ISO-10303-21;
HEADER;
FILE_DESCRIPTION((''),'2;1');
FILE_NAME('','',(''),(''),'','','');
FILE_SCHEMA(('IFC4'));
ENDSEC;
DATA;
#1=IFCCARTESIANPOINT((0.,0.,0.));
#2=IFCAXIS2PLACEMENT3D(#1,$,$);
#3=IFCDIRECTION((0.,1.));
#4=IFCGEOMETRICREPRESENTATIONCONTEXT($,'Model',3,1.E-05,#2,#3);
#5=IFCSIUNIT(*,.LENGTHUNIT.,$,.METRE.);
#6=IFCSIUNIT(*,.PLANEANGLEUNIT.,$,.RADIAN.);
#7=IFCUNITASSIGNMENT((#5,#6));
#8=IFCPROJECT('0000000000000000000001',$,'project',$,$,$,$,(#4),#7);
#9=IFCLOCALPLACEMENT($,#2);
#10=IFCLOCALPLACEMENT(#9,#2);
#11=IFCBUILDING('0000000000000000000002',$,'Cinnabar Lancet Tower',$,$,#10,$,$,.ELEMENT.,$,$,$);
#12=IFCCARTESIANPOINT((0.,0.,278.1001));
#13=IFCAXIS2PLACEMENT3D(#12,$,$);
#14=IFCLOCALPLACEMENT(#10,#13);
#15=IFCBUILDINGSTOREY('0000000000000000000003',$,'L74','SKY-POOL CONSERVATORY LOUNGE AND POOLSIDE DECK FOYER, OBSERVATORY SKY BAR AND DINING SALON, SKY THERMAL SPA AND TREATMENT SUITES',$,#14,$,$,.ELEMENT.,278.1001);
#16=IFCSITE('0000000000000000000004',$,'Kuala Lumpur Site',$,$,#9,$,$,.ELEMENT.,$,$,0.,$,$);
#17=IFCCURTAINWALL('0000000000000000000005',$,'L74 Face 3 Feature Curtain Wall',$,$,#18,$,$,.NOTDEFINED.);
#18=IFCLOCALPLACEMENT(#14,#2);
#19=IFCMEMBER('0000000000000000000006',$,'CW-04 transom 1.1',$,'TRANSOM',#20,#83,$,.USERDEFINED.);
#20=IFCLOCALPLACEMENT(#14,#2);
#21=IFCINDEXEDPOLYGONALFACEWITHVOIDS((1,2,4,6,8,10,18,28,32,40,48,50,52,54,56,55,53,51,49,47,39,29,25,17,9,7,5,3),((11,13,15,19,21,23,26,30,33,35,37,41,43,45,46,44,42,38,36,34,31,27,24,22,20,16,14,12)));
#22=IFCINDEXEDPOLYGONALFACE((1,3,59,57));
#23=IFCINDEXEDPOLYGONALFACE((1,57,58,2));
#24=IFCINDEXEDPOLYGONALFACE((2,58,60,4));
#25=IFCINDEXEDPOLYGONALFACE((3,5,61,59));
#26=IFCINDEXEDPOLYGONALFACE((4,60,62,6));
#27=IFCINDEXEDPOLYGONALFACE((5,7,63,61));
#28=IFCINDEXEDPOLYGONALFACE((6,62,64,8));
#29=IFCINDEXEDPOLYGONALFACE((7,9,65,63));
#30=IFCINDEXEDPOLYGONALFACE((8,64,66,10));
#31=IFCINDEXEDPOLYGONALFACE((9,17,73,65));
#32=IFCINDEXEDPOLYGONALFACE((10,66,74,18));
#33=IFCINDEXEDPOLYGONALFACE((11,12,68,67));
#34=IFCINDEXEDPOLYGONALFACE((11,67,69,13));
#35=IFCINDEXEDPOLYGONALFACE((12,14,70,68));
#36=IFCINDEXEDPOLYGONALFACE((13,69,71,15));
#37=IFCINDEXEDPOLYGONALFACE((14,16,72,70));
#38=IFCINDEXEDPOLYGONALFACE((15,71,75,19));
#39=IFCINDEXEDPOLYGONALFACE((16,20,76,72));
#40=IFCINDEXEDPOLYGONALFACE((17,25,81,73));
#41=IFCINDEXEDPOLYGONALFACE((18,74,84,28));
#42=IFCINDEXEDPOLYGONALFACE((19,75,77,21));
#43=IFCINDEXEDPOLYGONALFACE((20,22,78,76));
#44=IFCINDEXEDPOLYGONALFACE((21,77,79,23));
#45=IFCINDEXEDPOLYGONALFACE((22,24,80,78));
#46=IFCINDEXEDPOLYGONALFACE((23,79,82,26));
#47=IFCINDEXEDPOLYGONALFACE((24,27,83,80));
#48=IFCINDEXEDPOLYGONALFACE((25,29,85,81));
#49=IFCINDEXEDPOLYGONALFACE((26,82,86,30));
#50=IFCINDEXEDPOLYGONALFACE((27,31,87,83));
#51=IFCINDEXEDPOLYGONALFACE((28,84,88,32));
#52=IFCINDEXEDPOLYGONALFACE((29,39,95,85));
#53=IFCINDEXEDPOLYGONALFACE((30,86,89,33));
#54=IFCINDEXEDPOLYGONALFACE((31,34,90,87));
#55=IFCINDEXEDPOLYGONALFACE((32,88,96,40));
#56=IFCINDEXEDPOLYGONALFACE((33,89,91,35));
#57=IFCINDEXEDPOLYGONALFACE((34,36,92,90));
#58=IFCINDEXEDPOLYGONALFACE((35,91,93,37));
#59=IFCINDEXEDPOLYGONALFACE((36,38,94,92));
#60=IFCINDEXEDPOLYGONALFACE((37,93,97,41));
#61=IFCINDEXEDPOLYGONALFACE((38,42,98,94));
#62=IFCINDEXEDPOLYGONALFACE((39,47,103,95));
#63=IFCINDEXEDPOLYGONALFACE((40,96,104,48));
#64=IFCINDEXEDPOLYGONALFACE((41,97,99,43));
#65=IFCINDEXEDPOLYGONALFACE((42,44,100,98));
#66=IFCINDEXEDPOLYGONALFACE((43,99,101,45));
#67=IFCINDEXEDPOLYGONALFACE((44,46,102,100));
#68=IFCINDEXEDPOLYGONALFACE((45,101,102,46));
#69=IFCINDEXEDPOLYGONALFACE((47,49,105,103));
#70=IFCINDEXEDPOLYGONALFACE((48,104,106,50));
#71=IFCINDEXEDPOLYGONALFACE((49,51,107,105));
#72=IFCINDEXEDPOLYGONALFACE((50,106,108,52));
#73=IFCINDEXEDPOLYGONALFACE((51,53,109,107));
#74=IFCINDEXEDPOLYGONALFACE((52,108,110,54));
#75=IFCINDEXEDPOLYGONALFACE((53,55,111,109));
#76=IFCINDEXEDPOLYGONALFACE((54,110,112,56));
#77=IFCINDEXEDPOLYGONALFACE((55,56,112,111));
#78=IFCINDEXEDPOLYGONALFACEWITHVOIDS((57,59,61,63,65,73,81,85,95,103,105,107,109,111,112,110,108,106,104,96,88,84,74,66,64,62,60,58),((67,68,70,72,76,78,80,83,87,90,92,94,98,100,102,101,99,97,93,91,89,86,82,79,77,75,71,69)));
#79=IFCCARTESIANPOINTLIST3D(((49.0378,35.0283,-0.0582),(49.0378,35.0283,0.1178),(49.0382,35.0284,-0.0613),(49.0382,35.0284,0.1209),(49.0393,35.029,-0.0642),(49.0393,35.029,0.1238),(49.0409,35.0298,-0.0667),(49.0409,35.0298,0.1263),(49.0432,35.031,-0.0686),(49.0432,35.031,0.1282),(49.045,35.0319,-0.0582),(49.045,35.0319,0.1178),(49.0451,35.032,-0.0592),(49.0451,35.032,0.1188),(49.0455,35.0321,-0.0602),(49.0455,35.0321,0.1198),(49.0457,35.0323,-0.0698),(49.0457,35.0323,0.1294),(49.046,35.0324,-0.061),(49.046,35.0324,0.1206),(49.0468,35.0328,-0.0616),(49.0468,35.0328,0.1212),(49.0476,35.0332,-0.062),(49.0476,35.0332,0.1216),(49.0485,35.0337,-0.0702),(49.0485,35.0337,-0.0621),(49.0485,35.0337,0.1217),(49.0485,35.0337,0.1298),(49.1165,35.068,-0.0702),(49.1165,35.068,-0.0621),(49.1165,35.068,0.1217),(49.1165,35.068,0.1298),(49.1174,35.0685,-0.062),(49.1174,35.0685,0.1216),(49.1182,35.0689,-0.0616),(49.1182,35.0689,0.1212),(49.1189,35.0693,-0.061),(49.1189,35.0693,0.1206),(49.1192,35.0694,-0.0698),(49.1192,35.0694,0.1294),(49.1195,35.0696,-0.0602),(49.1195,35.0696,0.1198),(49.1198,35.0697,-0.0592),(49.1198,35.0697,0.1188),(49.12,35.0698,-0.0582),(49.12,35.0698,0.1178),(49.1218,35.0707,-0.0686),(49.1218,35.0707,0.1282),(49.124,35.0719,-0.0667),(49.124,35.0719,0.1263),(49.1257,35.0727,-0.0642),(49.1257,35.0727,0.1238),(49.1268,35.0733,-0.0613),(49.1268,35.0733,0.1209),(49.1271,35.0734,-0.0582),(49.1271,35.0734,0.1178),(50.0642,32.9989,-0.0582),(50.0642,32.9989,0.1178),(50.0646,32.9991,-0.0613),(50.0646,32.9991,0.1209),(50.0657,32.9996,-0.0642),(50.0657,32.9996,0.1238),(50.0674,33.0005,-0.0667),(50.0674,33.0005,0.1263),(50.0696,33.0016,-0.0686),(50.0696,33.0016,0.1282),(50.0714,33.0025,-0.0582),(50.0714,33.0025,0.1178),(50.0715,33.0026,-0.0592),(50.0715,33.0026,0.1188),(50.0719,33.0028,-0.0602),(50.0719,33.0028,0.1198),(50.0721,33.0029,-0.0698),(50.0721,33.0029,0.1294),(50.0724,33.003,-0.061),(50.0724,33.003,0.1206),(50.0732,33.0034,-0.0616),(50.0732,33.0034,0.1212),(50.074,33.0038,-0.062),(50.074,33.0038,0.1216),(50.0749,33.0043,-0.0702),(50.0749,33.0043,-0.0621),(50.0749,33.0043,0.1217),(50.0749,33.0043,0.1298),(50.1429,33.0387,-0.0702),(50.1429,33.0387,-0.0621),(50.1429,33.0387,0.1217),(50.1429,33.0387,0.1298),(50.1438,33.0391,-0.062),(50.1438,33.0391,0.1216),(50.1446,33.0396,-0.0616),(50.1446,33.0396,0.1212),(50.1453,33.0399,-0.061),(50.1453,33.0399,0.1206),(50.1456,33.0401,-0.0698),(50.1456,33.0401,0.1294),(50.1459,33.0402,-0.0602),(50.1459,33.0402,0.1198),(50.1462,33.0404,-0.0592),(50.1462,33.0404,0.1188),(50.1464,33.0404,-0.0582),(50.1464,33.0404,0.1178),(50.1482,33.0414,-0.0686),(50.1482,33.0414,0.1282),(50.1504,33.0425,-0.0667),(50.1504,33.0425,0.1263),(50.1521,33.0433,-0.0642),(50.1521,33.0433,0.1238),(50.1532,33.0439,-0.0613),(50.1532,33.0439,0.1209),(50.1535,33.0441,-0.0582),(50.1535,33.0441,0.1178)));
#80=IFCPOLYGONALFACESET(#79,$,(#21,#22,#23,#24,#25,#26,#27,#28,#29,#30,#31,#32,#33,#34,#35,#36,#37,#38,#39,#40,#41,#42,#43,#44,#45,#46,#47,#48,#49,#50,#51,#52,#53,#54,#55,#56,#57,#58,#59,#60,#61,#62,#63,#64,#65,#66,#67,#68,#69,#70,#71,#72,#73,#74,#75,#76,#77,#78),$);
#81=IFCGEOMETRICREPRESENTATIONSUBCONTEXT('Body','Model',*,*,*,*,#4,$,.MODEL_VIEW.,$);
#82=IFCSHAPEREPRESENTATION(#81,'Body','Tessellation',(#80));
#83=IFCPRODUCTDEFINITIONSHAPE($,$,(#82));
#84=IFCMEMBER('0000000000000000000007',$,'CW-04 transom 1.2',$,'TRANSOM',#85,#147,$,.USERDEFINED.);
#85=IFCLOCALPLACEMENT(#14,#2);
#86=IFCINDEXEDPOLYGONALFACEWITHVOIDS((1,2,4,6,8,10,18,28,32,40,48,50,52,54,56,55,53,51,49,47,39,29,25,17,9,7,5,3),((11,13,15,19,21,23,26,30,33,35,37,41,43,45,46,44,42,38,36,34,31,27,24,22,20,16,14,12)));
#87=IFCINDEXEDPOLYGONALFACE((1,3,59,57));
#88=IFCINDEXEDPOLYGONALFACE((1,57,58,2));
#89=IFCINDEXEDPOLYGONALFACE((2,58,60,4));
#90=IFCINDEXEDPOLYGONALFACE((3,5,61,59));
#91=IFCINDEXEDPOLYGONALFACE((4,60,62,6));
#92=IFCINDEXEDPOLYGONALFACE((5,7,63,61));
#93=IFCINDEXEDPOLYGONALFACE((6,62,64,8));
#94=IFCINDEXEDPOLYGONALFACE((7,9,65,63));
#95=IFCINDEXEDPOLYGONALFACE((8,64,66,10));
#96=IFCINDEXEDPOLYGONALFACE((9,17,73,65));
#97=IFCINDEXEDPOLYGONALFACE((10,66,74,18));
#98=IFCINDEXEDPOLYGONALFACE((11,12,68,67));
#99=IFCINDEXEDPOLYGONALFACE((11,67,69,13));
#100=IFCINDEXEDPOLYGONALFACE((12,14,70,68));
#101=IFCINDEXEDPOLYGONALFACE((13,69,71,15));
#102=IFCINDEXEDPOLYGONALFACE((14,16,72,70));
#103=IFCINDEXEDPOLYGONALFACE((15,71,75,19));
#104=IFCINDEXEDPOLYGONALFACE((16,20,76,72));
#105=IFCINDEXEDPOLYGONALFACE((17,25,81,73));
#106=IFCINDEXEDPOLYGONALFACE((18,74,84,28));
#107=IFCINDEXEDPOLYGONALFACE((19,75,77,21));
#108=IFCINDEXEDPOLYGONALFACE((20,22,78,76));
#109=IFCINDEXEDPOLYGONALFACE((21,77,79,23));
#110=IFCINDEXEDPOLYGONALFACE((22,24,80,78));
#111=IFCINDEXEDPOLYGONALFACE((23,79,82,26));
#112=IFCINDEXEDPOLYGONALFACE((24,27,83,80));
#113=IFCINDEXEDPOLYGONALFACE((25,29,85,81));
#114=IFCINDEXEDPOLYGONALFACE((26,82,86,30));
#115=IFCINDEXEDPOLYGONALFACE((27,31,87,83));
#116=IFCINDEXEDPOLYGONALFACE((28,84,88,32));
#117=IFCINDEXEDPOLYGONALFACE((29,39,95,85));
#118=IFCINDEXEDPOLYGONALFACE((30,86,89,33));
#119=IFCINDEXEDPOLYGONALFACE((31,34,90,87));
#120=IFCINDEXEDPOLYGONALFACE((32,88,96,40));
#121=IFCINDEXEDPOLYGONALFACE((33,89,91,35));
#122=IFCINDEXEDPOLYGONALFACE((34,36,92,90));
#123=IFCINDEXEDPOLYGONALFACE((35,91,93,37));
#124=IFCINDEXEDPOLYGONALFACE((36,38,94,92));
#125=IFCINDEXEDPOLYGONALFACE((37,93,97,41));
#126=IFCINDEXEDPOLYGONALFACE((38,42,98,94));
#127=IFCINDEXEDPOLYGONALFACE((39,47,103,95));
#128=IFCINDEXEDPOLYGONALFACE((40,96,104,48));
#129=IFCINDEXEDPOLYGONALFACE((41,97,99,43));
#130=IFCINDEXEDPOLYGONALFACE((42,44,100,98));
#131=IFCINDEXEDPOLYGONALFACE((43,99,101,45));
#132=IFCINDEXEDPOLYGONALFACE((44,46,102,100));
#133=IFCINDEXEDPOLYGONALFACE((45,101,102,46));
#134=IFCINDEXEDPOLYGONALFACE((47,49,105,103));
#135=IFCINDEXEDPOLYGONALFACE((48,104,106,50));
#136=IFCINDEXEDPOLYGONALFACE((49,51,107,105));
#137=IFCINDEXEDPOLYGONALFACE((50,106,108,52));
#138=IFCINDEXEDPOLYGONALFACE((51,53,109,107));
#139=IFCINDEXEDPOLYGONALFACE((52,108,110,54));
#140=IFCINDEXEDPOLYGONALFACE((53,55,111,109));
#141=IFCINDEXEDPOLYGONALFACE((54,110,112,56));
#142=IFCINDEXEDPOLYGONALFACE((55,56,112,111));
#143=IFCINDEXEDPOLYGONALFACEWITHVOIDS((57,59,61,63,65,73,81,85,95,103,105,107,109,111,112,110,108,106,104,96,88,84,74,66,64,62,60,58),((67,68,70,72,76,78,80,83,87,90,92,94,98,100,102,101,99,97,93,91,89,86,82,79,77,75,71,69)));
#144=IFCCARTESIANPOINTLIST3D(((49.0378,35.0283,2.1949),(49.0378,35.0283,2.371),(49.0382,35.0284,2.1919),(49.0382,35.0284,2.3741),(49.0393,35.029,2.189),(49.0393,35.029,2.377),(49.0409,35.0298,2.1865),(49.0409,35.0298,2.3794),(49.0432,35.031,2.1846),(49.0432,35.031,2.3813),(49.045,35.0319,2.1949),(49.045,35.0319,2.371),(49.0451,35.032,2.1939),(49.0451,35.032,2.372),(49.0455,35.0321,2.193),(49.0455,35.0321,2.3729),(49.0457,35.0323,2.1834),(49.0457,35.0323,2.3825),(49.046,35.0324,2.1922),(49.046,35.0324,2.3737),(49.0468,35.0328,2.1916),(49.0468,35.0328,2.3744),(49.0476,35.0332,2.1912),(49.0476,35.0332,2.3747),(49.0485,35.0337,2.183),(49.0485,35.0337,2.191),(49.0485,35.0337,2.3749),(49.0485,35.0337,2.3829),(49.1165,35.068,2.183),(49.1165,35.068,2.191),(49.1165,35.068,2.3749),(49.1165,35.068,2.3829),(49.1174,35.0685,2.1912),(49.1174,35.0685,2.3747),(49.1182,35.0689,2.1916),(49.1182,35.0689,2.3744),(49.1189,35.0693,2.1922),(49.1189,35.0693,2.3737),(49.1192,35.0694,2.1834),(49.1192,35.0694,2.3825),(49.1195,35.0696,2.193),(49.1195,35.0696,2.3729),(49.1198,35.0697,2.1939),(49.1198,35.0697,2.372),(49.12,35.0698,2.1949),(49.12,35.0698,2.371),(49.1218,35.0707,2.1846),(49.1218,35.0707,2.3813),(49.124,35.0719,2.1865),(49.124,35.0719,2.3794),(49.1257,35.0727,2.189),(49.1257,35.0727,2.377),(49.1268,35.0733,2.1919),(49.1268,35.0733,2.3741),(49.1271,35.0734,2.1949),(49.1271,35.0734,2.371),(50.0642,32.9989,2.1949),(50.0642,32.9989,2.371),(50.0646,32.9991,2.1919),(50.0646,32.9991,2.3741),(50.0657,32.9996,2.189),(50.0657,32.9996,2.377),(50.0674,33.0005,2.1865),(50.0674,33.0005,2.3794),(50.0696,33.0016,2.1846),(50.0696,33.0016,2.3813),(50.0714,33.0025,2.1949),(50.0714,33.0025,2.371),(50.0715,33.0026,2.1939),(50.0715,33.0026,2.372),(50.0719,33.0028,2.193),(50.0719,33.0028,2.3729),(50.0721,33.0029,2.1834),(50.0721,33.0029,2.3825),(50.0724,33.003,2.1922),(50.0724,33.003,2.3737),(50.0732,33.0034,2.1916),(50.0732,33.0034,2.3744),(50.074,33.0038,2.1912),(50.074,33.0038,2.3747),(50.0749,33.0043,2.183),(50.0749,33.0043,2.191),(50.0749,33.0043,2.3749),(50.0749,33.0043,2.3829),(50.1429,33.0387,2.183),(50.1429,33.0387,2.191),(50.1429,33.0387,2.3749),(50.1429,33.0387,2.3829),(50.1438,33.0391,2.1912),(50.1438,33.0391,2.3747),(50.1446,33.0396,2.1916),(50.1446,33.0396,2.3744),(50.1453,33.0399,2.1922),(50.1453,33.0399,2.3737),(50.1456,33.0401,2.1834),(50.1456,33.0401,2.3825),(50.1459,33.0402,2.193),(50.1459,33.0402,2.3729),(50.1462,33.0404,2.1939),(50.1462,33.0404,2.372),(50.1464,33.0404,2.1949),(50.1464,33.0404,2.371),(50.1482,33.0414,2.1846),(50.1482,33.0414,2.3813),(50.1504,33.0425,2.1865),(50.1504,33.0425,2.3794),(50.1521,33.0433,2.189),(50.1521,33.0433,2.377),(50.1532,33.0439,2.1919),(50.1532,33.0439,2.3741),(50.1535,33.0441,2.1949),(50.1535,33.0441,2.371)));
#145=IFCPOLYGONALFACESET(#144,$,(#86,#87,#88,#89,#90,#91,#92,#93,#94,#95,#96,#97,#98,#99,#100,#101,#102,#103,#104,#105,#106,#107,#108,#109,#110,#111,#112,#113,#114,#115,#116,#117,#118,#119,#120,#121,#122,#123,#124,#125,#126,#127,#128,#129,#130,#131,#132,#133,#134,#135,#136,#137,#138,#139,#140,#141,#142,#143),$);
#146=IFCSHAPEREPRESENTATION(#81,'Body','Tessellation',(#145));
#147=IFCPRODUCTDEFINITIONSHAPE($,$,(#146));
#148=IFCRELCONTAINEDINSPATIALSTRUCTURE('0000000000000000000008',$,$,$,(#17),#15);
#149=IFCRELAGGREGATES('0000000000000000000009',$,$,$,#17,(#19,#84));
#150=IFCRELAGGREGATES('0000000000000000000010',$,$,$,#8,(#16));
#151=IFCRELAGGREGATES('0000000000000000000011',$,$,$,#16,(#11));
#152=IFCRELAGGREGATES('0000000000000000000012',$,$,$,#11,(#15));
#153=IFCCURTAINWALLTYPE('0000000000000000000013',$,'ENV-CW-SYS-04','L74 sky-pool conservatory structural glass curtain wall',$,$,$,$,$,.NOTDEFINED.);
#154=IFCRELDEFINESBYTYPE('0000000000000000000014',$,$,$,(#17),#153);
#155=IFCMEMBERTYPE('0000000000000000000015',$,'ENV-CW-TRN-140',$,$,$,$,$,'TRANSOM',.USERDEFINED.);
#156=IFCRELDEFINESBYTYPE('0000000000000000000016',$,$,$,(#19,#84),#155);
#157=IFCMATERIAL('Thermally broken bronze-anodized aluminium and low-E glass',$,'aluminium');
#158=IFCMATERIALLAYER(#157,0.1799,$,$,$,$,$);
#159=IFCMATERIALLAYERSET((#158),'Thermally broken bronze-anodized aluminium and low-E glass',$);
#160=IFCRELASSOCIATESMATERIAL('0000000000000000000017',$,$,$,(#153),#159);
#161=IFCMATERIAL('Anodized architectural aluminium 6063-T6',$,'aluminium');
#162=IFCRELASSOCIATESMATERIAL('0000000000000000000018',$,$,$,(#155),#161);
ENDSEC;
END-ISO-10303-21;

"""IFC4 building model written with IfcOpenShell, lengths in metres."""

from ifc_helpers import new_model, si_unit, direction, frame, origin, origin_2d, place, context, subcontext, project, spatial, hollow_rectangle, extrude, material, layer, layer_set, material_profile, profile_set, type_object, element, aggregate, save


model = new_model("IFC4")

# Units and contexts
model_context = context("Model", 3, precision=1e-05, world=origin(), true_north=direction((0.0, 1.0)))
body_context = subcontext(model_context, "Body", "Model", "MODEL_VIEW")
ifc_project = project(units=[si_unit("LENGTHUNIT", "METRE"), si_unit("PLANEANGLEUNIT", "RADIAN")], contexts=[model_context])

# Site, building, storey
site_placement = place(None, origin())
site = spatial("IfcSite", under=ifc_project, at=site_placement, Name="Kuala Lumpur Site", CompositionType="ELEMENT", RefElevation=0.0)
building_placement = place(site_placement, origin())
building = spatial("IfcBuilding", under=site, at=building_placement, Name="Cinnabar Lancet Tower", CompositionType="ELEMENT")
storey_placement = place(building_placement, frame((0.0, 0.0, 278.1001)))
storey = spatial("IfcBuildingStorey", under=building, at=storey_placement, Name="L74", Description="SKY-POOL CONSERVATORY LOUNGE AND POOLSIDE DECK FOYER, OBSERVATORY SKY BAR AND DINING SALON, SKY THERMAL SPA AND TREATMENT SUITES", CompositionType="ELEMENT", Elevation=278.1001)

# Curtain wall, members
ifc_material_1 = material(Name="Thermally broken bronze-anodized aluminium and low-E glass", Category="aluminium")
ifc_layer_1 = layer(ifc_material_1, 0.1799)
ifc_layer_set_1 = layer_set([ifc_layer_1], Name="Thermally broken bronze-anodized aluminium and low-E glass")
curtain_wall_type = type_object("IfcCurtainWallType", Name="ENV-CW-SYS-04", Description="L74 sky-pool conservatory structural glass curtain wall", PredefinedType="NOTDEFINED", material=ifc_layer_set_1)
curtain_wall_placement = place(storey_placement, origin())
curtain_wall = element("IfcCurtainWall", 1, at=curtain_wall_placement, inside=storey, type_object=curtain_wall_type, Name="L74 Face 3 Feature Curtain Wall", PredefinedType="NOTDEFINED")
ifc_material_2 = material(Name="Anodized architectural aluminium 6063-T6", Category="aluminium")
ifc_material_profile_1 = material_profile(ifc_material_2, hollow_rectangle(XDim=0.1001, YDim=0.2, WallThickness=0.0081, InnerFilletRadius=0.0039, OuterFilletRadius=0.012, at=origin_2d()), Name="RHS 200x100x8")
ifc_profile_set_1 = profile_set([ifc_material_profile_1], Name="Anodized architectural aluminium 6063-T6")
member_type_1 = type_object("IfcMemberType", Name="ENV-CW-TRN-140", ElementType="TRANSOM", PredefinedType="USERDEFINED", material=ifc_profile_set_1)
member_1_placement = place(storey_placement, frame((50.1089, 33.0215, 0.0298), z_axis=(-0.451331, 0.892356, 0.0), x_axis=(-0.892356, -0.451331, 0.0)))
member_1 = element("IfcMember", 2, at=member_1_placement, type_object=member_type_1, Name="CW-04 transom 1.1", ObjectType="TRANSOM", PredefinedType="USERDEFINED", context=body_context, shape_type="SweptSolid", body=[
    extrude(hollow_rectangle(XDim=0.1001, YDim=0.2, WallThickness=0.0081, InnerFilletRadius=0.0039, OuterFilletRadius=0.012, at=origin_2d()), origin(), (0.0, 0.0, 1.0), 2.2742),
])
member_2_placement = place(storey_placement, frame((50.1089, 33.0215, 2.283), z_axis=(-0.451331, 0.892356, 0.0), x_axis=(-0.892356, -0.451331, 0.0)))
member_2 = element("IfcMember", 3, at=member_2_placement, type_object=member_type_1, Name="CW-04 transom 1.2", ObjectType="TRANSOM", PredefinedType="USERDEFINED", context=body_context, shape_type="SweptSolid", body=[
    extrude(hollow_rectangle(XDim=0.1001, YDim=0.2, WallThickness=0.0081, InnerFilletRadius=0.0039, OuterFilletRadius=0.012, at=origin_2d()), origin(), (0.0, 0.0, 1.0), 2.2742),
])

aggregate(curtain_wall, [member_1, member_2])

save(model, "model.ifc")
